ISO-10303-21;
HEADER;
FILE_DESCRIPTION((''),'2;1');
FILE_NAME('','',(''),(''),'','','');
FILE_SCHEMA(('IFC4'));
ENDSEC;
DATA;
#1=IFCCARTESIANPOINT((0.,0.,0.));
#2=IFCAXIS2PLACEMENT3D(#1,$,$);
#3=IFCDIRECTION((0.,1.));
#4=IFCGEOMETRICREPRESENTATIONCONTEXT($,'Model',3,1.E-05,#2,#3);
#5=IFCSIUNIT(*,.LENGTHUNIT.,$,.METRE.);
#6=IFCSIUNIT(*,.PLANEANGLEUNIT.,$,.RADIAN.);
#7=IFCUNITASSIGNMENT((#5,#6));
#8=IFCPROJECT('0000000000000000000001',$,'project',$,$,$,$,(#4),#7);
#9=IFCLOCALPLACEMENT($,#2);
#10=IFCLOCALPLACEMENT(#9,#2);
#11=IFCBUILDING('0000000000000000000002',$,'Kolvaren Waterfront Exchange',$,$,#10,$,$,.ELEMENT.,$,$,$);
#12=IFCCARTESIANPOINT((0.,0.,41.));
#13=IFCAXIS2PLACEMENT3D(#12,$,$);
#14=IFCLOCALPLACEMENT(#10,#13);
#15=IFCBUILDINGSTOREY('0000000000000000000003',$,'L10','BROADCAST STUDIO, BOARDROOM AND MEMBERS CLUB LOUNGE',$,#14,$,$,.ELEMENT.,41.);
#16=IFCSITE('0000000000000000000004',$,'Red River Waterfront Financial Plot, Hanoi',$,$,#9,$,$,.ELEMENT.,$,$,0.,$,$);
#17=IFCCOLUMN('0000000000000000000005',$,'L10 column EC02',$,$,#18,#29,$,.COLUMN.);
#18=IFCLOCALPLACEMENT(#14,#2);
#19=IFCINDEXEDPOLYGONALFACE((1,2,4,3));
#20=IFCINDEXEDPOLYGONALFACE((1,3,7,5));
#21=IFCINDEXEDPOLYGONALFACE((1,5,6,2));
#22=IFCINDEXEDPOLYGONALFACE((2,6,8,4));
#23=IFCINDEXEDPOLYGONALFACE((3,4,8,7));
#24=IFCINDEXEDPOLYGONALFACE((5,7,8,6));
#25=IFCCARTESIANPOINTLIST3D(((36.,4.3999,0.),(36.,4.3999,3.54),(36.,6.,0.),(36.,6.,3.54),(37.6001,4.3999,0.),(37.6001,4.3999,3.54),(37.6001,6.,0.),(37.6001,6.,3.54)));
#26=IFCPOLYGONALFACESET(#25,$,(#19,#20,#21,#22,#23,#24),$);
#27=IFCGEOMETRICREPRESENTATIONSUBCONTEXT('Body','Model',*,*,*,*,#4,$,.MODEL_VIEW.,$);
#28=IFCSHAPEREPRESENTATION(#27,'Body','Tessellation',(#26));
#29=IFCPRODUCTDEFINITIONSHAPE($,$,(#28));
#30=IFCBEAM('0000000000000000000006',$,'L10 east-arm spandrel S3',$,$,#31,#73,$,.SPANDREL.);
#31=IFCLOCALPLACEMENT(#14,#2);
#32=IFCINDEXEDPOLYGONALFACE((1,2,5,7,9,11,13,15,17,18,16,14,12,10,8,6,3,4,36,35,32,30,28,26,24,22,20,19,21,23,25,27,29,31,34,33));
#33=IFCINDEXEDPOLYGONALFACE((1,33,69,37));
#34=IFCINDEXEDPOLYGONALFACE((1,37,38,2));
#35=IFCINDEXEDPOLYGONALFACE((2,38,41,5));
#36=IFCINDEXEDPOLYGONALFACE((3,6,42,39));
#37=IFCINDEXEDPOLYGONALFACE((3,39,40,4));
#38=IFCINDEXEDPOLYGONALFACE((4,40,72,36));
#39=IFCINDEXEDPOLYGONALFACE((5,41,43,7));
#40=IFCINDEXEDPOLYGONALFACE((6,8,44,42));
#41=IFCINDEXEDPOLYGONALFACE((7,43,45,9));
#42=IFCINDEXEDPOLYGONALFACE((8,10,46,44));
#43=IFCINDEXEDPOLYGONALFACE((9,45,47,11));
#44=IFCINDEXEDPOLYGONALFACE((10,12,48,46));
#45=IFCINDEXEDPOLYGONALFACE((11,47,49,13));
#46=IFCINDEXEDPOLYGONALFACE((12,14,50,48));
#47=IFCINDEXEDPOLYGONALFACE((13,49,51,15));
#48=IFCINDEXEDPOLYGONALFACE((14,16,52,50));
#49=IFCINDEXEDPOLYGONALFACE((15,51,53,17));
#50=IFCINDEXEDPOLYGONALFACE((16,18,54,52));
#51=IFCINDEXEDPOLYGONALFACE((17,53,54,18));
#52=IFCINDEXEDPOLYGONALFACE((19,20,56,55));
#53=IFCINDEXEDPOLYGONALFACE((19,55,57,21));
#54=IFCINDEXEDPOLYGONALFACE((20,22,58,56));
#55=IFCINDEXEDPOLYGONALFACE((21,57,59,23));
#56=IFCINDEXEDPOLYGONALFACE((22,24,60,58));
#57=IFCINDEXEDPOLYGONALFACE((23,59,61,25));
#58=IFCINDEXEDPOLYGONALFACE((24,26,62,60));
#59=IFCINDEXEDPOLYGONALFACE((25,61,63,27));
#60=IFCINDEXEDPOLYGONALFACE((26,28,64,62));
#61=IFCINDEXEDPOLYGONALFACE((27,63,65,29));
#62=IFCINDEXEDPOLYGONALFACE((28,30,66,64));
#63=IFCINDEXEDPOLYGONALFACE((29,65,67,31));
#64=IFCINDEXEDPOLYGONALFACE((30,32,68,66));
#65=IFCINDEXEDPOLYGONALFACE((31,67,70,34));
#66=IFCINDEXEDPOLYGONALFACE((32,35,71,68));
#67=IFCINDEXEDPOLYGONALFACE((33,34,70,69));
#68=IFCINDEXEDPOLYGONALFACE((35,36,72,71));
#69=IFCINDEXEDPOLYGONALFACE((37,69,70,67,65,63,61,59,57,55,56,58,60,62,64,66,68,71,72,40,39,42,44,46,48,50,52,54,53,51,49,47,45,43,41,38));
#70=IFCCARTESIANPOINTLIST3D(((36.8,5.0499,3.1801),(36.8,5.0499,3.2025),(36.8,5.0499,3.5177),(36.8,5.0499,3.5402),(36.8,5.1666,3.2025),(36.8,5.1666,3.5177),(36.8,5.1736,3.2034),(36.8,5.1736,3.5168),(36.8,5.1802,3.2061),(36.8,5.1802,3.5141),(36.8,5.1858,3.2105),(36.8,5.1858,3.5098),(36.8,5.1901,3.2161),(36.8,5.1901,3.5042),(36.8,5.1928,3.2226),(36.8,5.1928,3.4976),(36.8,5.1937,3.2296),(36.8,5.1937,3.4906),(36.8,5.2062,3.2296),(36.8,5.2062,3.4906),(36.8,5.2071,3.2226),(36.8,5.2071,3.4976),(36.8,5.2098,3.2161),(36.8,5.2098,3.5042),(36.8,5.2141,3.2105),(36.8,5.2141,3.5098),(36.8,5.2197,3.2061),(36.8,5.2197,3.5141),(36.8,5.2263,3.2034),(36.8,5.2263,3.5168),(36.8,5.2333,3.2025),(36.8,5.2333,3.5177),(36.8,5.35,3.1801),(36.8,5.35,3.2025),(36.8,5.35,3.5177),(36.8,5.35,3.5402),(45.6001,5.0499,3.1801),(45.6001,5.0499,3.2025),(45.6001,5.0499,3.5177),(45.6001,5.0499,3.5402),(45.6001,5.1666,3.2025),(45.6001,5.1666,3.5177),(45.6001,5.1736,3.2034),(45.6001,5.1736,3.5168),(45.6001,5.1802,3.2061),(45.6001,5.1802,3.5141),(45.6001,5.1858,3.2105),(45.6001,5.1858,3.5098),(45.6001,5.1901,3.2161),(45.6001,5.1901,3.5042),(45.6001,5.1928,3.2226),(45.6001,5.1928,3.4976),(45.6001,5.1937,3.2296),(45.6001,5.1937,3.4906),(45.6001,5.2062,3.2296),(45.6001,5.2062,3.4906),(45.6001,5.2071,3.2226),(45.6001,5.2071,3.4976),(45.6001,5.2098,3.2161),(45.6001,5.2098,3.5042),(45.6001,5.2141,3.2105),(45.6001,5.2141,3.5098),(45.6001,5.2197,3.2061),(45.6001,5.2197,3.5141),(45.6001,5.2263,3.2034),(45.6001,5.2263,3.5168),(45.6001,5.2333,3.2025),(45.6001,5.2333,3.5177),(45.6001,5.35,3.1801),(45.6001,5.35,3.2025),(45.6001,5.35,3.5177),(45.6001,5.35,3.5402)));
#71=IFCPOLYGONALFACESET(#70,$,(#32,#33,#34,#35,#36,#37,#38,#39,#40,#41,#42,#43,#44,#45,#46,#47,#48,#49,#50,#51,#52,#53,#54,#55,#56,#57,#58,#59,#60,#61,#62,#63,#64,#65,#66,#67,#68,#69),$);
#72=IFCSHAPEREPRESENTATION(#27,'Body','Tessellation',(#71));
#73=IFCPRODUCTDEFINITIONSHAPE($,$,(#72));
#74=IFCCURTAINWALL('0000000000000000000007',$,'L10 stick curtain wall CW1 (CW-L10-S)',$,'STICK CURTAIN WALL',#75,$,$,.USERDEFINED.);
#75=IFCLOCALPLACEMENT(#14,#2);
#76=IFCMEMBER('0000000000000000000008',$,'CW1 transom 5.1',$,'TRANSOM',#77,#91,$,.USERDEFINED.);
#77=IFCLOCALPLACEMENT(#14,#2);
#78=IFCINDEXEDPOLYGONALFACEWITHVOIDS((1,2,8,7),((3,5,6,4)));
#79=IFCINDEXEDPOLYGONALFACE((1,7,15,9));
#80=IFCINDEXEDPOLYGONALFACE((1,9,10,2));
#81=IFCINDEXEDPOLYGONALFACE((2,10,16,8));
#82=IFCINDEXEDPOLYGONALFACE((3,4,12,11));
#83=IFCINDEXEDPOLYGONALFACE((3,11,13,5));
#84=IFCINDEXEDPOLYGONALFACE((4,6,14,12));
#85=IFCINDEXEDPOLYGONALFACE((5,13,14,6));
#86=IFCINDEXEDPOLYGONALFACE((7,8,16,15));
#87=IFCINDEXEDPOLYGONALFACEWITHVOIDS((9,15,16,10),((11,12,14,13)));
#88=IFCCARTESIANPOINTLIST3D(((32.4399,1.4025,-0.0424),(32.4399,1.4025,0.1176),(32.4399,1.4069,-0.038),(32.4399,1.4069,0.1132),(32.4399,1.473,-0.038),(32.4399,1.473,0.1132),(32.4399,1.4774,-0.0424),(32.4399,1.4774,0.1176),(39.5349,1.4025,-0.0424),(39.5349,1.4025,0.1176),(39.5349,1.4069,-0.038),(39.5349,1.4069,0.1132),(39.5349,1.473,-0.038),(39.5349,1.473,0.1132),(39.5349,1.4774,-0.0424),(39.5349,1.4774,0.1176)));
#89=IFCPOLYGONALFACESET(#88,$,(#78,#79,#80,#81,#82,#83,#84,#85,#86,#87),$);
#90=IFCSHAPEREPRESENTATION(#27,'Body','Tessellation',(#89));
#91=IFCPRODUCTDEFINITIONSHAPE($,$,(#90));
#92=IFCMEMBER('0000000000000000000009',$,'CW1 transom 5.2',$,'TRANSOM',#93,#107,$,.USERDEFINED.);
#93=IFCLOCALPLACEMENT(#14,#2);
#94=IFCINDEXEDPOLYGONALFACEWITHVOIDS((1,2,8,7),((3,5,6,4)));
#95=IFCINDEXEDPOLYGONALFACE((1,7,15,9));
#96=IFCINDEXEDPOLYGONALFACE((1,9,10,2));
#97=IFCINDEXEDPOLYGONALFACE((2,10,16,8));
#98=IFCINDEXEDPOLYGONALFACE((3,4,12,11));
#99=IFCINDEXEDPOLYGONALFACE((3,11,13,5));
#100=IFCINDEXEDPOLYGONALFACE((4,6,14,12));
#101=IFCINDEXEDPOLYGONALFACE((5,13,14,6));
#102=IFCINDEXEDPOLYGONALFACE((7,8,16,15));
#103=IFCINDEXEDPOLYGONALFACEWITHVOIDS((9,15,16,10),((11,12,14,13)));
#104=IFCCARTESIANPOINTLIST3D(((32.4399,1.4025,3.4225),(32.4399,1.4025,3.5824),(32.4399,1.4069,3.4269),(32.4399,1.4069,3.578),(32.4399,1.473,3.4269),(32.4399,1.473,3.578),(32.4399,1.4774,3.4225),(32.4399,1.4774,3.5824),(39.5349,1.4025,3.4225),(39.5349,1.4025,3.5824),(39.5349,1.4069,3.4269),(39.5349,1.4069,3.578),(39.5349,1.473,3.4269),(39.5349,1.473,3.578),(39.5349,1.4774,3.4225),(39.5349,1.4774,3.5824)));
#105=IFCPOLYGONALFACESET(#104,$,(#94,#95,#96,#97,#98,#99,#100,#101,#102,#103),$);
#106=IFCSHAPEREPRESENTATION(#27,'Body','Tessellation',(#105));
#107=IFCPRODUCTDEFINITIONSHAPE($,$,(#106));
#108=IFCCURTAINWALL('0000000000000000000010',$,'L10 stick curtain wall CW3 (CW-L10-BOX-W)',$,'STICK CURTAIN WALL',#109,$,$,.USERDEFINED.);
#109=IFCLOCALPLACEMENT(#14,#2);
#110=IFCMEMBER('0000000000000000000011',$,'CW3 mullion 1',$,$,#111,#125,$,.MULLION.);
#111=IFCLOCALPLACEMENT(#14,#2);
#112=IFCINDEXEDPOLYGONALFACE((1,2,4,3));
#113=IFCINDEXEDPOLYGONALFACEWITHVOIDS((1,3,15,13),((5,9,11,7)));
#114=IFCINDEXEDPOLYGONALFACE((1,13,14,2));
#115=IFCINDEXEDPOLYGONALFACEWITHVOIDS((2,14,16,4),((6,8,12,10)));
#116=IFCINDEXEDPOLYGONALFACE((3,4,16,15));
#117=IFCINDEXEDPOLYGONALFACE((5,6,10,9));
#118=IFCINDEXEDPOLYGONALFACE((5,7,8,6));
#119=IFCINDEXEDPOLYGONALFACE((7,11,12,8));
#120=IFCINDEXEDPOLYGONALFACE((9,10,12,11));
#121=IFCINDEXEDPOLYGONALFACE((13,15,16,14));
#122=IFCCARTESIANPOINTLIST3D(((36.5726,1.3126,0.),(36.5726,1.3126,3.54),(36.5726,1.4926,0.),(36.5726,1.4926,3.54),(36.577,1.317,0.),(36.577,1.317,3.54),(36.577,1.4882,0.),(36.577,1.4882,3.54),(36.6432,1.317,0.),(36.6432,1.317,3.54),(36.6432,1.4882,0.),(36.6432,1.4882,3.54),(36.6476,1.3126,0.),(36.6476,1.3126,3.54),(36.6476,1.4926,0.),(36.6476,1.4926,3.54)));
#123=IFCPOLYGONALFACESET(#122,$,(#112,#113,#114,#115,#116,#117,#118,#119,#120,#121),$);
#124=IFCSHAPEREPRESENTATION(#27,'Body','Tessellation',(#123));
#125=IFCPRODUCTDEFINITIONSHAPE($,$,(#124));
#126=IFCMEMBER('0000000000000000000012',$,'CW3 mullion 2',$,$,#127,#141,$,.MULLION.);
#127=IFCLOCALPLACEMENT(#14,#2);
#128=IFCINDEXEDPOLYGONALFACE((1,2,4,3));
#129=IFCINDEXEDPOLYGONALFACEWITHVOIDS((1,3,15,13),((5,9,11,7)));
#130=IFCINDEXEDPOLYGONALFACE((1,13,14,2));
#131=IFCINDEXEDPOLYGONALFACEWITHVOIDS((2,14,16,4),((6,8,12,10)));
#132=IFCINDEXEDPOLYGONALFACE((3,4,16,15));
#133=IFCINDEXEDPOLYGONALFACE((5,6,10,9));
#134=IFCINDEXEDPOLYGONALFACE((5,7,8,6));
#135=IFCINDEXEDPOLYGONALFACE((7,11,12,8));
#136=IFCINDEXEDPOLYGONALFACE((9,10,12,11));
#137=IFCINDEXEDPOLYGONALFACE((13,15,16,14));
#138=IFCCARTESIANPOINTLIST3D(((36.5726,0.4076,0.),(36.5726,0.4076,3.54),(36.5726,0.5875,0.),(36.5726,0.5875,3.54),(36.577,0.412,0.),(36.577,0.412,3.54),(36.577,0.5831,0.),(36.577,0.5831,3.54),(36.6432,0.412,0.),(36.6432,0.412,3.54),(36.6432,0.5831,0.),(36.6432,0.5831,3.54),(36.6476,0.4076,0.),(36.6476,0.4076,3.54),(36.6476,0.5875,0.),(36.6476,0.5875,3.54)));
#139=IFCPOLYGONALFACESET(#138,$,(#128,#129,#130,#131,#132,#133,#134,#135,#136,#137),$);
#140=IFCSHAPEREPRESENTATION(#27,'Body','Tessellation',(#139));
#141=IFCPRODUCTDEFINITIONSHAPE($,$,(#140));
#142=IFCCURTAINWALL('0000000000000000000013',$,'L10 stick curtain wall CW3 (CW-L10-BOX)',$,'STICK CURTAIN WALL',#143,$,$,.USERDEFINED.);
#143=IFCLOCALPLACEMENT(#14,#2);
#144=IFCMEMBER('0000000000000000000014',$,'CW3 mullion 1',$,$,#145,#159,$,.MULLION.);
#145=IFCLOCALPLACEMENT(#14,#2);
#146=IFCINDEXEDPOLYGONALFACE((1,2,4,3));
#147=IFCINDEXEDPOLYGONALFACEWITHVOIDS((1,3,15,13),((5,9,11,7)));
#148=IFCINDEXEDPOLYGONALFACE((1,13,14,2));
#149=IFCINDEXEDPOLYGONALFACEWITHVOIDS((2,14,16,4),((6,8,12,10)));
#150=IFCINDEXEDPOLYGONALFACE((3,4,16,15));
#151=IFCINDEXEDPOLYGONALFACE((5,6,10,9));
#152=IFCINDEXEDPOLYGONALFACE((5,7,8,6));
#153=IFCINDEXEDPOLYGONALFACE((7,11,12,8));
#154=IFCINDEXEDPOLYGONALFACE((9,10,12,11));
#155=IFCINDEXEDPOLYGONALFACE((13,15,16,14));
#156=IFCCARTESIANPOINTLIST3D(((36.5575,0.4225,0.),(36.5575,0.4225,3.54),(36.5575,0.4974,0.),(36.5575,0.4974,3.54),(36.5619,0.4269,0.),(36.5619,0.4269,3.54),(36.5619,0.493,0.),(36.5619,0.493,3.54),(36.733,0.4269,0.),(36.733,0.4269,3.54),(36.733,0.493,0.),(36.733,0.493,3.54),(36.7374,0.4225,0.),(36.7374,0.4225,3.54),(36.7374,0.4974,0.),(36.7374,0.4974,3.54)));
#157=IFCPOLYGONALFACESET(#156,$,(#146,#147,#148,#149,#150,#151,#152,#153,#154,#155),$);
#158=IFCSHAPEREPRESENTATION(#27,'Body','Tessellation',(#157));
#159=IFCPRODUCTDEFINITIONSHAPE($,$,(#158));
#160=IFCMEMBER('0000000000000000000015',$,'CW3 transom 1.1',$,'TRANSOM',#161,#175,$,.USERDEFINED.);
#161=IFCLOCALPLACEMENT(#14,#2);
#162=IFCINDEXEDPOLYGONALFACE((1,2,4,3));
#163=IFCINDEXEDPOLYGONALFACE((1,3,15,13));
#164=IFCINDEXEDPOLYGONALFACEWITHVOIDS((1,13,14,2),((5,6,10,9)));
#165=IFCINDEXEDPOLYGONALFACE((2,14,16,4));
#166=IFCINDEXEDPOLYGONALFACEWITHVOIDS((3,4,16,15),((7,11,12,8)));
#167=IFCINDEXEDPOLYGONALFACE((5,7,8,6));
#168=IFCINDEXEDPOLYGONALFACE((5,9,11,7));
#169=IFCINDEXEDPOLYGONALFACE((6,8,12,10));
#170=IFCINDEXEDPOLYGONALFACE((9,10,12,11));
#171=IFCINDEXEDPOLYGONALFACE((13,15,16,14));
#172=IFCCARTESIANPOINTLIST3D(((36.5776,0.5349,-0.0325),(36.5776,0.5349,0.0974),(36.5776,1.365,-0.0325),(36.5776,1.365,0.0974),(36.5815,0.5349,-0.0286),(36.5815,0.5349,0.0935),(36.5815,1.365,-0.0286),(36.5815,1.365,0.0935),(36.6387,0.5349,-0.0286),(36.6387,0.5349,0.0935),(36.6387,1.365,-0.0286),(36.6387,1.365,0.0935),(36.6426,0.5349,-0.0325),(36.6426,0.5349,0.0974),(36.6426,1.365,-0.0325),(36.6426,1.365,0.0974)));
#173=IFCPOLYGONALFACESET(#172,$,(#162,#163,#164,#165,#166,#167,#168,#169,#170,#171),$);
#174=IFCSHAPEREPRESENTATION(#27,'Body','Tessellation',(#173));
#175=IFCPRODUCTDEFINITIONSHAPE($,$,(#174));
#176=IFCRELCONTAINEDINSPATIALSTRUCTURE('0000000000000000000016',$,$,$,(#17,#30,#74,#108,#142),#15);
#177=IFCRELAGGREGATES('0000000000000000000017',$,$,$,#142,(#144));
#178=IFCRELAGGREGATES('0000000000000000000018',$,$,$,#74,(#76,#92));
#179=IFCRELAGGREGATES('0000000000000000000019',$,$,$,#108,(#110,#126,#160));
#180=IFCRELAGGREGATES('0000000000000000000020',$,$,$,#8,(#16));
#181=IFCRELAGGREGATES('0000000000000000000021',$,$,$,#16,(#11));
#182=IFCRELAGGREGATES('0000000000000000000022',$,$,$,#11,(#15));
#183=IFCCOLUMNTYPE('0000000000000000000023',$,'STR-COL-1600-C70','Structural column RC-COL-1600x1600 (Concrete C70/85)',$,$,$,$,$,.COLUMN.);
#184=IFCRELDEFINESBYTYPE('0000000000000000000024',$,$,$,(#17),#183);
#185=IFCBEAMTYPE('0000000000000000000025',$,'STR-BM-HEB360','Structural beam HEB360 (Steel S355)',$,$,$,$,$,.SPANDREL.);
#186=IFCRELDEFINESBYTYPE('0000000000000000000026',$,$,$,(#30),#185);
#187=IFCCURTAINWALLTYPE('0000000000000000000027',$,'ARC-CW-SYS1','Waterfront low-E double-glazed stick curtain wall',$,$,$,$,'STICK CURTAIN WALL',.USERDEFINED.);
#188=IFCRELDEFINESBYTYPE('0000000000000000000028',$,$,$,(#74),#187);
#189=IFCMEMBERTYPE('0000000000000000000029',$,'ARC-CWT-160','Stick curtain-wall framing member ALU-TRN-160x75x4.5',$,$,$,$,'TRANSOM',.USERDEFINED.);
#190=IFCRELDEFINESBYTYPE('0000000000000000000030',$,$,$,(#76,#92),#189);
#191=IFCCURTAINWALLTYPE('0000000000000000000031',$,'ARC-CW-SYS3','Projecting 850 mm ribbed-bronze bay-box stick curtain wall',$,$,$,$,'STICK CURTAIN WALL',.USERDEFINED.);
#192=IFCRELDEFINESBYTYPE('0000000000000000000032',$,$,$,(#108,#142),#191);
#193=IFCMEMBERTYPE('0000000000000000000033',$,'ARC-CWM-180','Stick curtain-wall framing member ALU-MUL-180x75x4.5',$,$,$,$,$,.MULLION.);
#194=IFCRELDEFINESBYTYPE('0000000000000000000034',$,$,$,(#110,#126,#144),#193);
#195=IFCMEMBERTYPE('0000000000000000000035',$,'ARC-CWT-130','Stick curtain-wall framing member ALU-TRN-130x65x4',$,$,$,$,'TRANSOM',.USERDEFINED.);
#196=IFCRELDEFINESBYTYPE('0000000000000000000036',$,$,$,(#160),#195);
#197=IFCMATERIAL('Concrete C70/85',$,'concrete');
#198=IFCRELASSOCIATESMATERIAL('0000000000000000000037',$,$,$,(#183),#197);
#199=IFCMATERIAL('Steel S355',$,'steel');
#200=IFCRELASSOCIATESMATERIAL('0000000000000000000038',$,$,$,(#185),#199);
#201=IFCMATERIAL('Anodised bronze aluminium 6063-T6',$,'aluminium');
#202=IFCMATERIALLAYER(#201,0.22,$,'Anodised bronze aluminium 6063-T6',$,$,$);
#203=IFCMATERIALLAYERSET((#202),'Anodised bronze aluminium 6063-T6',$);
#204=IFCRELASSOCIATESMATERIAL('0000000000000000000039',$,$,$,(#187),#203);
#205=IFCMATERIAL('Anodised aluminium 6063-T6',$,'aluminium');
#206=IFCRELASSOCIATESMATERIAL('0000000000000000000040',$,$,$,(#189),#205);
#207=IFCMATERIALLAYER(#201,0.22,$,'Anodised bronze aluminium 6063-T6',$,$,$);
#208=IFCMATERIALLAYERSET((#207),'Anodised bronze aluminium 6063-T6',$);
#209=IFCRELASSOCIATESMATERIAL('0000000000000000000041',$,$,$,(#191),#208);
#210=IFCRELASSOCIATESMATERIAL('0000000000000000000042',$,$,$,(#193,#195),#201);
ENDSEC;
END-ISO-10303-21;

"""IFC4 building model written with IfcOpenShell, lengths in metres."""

from ifc_helpers import new_model, si_unit, direction, frame, origin, origin_with_axes, origin_2d, place, context, subcontext, project, spatial, rectangle, hollow_rectangle, i_section, extrude, source, transform, mapped, material, layer, layer_set, material_profile, profile_set, type_object, element, aggregate, save


model = new_model("IFC4")

# Units and contexts
model_context = context("Model", 3, precision=1e-05, world=origin(), true_north=direction((0.0, 1.0)))
body_context = subcontext(model_context, "Body", "Model", "MODEL_VIEW")
ifc_project = project(units=[si_unit("LENGTHUNIT", "METRE"), si_unit("PLANEANGLEUNIT", "RADIAN")], contexts=[model_context])

# Site, building, storey
site_placement = place(None, origin())
site = spatial("IfcSite", under=ifc_project, at=site_placement, Name="Red River Waterfront Financial Plot, Hanoi", CompositionType="ELEMENT", RefElevation=0.0)
building_placement = place(site_placement, origin())
building = spatial("IfcBuilding", under=site, at=building_placement, Name="Kolvaren Waterfront Exchange", CompositionType="ELEMENT")
storey_placement = place(building_placement, frame((0.0, 0.0, 41.0)))
storey = spatial("IfcBuildingStorey", under=building, at=storey_placement, Name="L10", Description="BROADCAST STUDIO, BOARDROOM AND MEMBERS CLUB LOUNGE", CompositionType="ELEMENT", Elevation=41.0)

# Column
ifc_material_1 = material(Name="Concrete C70/85", Category="concrete")
ifc_material_profile_1 = material_profile(ifc_material_1, rectangle(XDim=1.6001, YDim=1.6001, at=origin_2d()), Name="RC-COL-1600x1600")
ifc_profile_set_1 = profile_set([ifc_material_profile_1], Name="Concrete C70/85")
column_type = type_object("IfcColumnType", Name="STR-COL-1600-C70", Description="Structural column RC-COL-1600x1600 (Concrete C70/85)", PredefinedType="COLUMN", material=ifc_profile_set_1)
column_placement = place(storey_placement, frame((36.8, 5.2, 0.0), z_axis=(0.0, 0.0, 1.0), x_axis=(1.0, 0.0, 0.0)))
element("IfcColumn", 1, at=column_placement, inside=storey, type_object=column_type, Name="L10 column EC02", PredefinedType="COLUMN", context=body_context, shape_type="SweptSolid", body=[
    extrude(rectangle(XDim=1.6001, YDim=1.6001, at=origin_2d()), origin(), (0.0, 0.0, 1.0), 3.54),
])

# Beam
ifc_material_2 = material(Name="Steel S355", Category="steel")
ifc_material_profile_2 = material_profile(ifc_material_2, i_section(OverallWidth=0.3, OverallDepth=0.3601, WebThickness=0.0125, FlangeThickness=0.0225, FilletRadius=0.0271, at=origin_2d()), Name="HEB360")
ifc_profile_set_2 = profile_set([ifc_material_profile_2], Name="Steel S355")
beam_type = type_object("IfcBeamType", Name="STR-BM-HEB360", Description="Structural beam HEB360 (Steel S355)", PredefinedType="SPANDREL", material=ifc_profile_set_2)
beam_placement = place(storey_placement, frame((36.8, 5.2, 3.3601), z_axis=(1.0, 0.0, 0.0), x_axis=(0.0, 1.0, 0.0)))
element("IfcBeam", 2, at=beam_placement, inside=storey, type_object=beam_type, Name="L10 east-arm spandrel S3", PredefinedType="SPANDREL", context=body_context, shape_type="SweptSolid", body=[
    extrude(i_section(OverallWidth=0.3, OverallDepth=0.3601, WebThickness=0.0125, FlangeThickness=0.0225, FilletRadius=0.0271, at=origin_2d()), origin(), (0.0, 0.0, 1.0), 8.8),
])

# Curtain walls, members
ifc_material_3 = material(Name="Anodised bronze aluminium 6063-T6", Category="aluminium")
ifc_layer_1 = layer(ifc_material_3, 0.22, Name="Anodised bronze aluminium 6063-T6")
ifc_layer_set_1 = layer_set([ifc_layer_1], Name="Anodised bronze aluminium 6063-T6")
curtain_wall_type_1 = type_object("IfcCurtainWallType", Name="ARC-CW-SYS1", Description="Waterfront low-E double-glazed stick curtain wall", ElementType="STICK CURTAIN WALL", PredefinedType="USERDEFINED", material=ifc_layer_set_1)
curtain_wall_1_placement = place(storey_placement, origin())
curtain_wall_1 = element("IfcCurtainWall", 3, at=curtain_wall_1_placement, inside=storey, type_object=curtain_wall_type_1, Name="L10 stick curtain wall CW1 (CW-L10-S)", ObjectType="STICK CURTAIN WALL", PredefinedType="USERDEFINED")
ifc_material_4 = material(Name="Anodised aluminium 6063-T6", Category="aluminium")
ifc_material_profile_3 = material_profile(ifc_material_4, hollow_rectangle(XDim=0.075, YDim=0.1599, WallThickness=0.0044, at=origin_2d()), Name="ALU-TRN-160x75x4.5")
ifc_profile_set_3 = profile_set([ifc_material_profile_3], Name="Anodised aluminium 6063-T6")
member_type_1 = type_object("IfcMemberType", Name="ARC-CWT-160", Description="Stick curtain-wall framing member ALU-TRN-160x75x4.5", ElementType="TRANSOM", PredefinedType="USERDEFINED", material=ifc_profile_set_3)
shared_shape_1 = source(origin_with_axes(), body_context, "Body", "SweptSolid", [
    extrude(hollow_rectangle(XDim=0.075, YDim=0.1599, WallThickness=0.0044, at=origin_2d()), origin(), (0.0, 0.0, 1.0), 7.095),
])
member_1_placement = place(storey_placement, frame((32.4399, 1.4399, 0.0376), z_axis=(1.0, 0.0, 0.0), x_axis=(0.0, 1.0, 0.0)))
member_1 = element("IfcMember", 4, at=member_1_placement, type_object=member_type_1, Name="CW1 transom 5.1", ObjectType="TRANSOM", PredefinedType="USERDEFINED", context=body_context, shape_type="MappedRepresentation", body=[
    mapped(shared_shape_1, transform((0.0, 0.0, 0.0), x_axis=(1.0, 0.0, 0.0), y_axis=(0.0, 1.0, 0.0), z_axis=(0.0, 0.0, 1.0), scale=1.0)),
])
member_2_placement = place(storey_placement, frame((32.4399, 1.4399, 3.5024), z_axis=(1.0, 0.0, 0.0), x_axis=(0.0, 1.0, 0.0)))
member_2 = element("IfcMember", 5, at=member_2_placement, type_object=member_type_1, Name="CW1 transom 5.2", ObjectType="TRANSOM", PredefinedType="USERDEFINED", context=body_context, shape_type="MappedRepresentation", body=[
    mapped(shared_shape_1, transform((0.0, 0.0, 0.0), x_axis=(1.0, 0.0, 0.0), y_axis=(0.0, 1.0, 0.0), z_axis=(0.0, 0.0, 1.0), scale=1.0)),
])
ifc_layer_2 = layer(ifc_material_3, 0.22, Name="Anodised bronze aluminium 6063-T6")
ifc_layer_set_2 = layer_set([ifc_layer_2], Name="Anodised bronze aluminium 6063-T6")
curtain_wall_type_2 = type_object("IfcCurtainWallType", Name="ARC-CW-SYS3", Description="Projecting 850 mm ribbed-bronze bay-box stick curtain wall", ElementType="STICK CURTAIN WALL", PredefinedType="USERDEFINED", material=ifc_layer_set_2)
curtain_wall_2_placement = place(storey_placement, origin())
curtain_wall_2 = element("IfcCurtainWall", 6, at=curtain_wall_2_placement, inside=storey, type_object=curtain_wall_type_2, Name="L10 stick curtain wall CW3 (CW-L10-BOX-W)", ObjectType="STICK CURTAIN WALL", PredefinedType="USERDEFINED")
ifc_material_profile_4 = material_profile(ifc_material_3, hollow_rectangle(XDim=0.075, YDim=0.1799, WallThickness=0.0044, at=origin_2d()), Name="ALU-MUL-180x75x4.5")
ifc_profile_set_4 = profile_set([ifc_material_profile_4], Name="Anodised bronze aluminium 6063-T6")
member_type_2 = type_object("IfcMemberType", Name="ARC-CWM-180", Description="Stick curtain-wall framing member ALU-MUL-180x75x4.5", PredefinedType="MULLION", material=ifc_profile_set_4)
shared_shape_2 = source(origin_with_axes(), body_context, "Body", "SweptSolid", [
    extrude(hollow_rectangle(XDim=0.075, YDim=0.1799, WallThickness=0.0044, at=origin_2d()), origin(), (0.0, 0.0, 1.0), 3.54),
])
member_3_placement = place(storey_placement, frame((36.6101, 1.4026, 0.0), z_axis=(0.0, 0.0, 1.0), x_axis=(1.0, 0.0, 0.0)))
member_3 = element("IfcMember", 7, at=member_3_placement, type_object=member_type_2, Name="CW3 mullion 1", PredefinedType="MULLION", context=body_context, shape_type="MappedRepresentation", body=[
    mapped(shared_shape_2, transform((0.0, 0.0, 0.0), x_axis=(1.0, 0.0, 0.0), y_axis=(0.0, 1.0, 0.0), z_axis=(0.0, 0.0, 1.0), scale=1.0)),
])
member_4_placement = place(storey_placement, frame((36.6101, 0.4976, 0.0), z_axis=(0.0, 0.0, 1.0), x_axis=(1.0, 0.0, 0.0)))
member_4 = element("IfcMember", 8, at=member_4_placement, type_object=member_type_2, Name="CW3 mullion 2", PredefinedType="MULLION", context=body_context, shape_type="MappedRepresentation", body=[
    mapped(shared_shape_2, transform((0.0, 0.0, 0.0), x_axis=(1.0, 0.0, 0.0), y_axis=(0.0, 1.0, 0.0), z_axis=(0.0, 0.0, 1.0), scale=1.0)),
])

# Curtain wall, member
curtain_wall_3_placement = place(storey_placement, origin())
curtain_wall_3 = element("IfcCurtainWall", 9, at=curtain_wall_3_placement, inside=storey, type_object=curtain_wall_type_2, Name="L10 stick curtain wall CW3 (CW-L10-BOX)", ObjectType="STICK CURTAIN WALL", PredefinedType="USERDEFINED")
member_5_placement = place(storey_placement, frame((36.6475, 0.46, 0.0), z_axis=(0.0, 0.0, 1.0), x_axis=(0.0, 1.0, 0.0)))
member_5 = element("IfcMember", 10, at=member_5_placement, type_object=member_type_2, Name="CW3 mullion 1", PredefinedType="MULLION", context=body_context, shape_type="MappedRepresentation", body=[
    mapped(shared_shape_2, transform((0.0, 0.0, 0.0), x_axis=(1.0, 0.0, 0.0), y_axis=(0.0, 1.0, 0.0), z_axis=(0.0, 0.0, 1.0), scale=1.0)),
])

# Member
ifc_material_profile_5 = material_profile(ifc_material_3, hollow_rectangle(XDim=0.0649, YDim=0.1299, WallThickness=0.0039, at=origin_2d()), Name="ALU-TRN-130x65x4")
ifc_profile_set_5 = profile_set([ifc_material_profile_5], Name="Anodised bronze aluminium 6063-T6")
member_type_3 = type_object("IfcMemberType", Name="ARC-CWT-130", Description="Stick curtain-wall framing member ALU-TRN-130x65x4", ElementType="TRANSOM", PredefinedType="USERDEFINED", material=ifc_profile_set_5)
shared_shape_3 = source(origin_with_axes(), body_context, "Body", "SweptSolid", [
    extrude(hollow_rectangle(XDim=0.0649, YDim=0.1299, WallThickness=0.0039, at=origin_2d()), origin(), (0.0, 0.0, 1.0), 0.8301),
])
member_6_placement = place(storey_placement, frame((36.6101, 1.365, 0.0325), z_axis=(0.0, -1.0, 0.0), x_axis=(1.0, 0.0, 0.0)))
member_6 = element("IfcMember", 11, at=member_6_placement, type_object=member_type_3, Name="CW3 transom 1.1", ObjectType="TRANSOM", PredefinedType="USERDEFINED", context=body_context, shape_type="MappedRepresentation", body=[
    mapped(shared_shape_3, transform((0.0, 0.0, 0.0), x_axis=(1.0, 0.0, 0.0), y_axis=(0.0, 1.0, 0.0), z_axis=(0.0, 0.0, 1.0), scale=1.0)),
])
aggregate(curtain_wall_3, [member_5])

aggregate(curtain_wall_1, [member_1, member_2])
aggregate(curtain_wall_2, [member_3, member_4, member_6])

save(model, "model.ifc")
